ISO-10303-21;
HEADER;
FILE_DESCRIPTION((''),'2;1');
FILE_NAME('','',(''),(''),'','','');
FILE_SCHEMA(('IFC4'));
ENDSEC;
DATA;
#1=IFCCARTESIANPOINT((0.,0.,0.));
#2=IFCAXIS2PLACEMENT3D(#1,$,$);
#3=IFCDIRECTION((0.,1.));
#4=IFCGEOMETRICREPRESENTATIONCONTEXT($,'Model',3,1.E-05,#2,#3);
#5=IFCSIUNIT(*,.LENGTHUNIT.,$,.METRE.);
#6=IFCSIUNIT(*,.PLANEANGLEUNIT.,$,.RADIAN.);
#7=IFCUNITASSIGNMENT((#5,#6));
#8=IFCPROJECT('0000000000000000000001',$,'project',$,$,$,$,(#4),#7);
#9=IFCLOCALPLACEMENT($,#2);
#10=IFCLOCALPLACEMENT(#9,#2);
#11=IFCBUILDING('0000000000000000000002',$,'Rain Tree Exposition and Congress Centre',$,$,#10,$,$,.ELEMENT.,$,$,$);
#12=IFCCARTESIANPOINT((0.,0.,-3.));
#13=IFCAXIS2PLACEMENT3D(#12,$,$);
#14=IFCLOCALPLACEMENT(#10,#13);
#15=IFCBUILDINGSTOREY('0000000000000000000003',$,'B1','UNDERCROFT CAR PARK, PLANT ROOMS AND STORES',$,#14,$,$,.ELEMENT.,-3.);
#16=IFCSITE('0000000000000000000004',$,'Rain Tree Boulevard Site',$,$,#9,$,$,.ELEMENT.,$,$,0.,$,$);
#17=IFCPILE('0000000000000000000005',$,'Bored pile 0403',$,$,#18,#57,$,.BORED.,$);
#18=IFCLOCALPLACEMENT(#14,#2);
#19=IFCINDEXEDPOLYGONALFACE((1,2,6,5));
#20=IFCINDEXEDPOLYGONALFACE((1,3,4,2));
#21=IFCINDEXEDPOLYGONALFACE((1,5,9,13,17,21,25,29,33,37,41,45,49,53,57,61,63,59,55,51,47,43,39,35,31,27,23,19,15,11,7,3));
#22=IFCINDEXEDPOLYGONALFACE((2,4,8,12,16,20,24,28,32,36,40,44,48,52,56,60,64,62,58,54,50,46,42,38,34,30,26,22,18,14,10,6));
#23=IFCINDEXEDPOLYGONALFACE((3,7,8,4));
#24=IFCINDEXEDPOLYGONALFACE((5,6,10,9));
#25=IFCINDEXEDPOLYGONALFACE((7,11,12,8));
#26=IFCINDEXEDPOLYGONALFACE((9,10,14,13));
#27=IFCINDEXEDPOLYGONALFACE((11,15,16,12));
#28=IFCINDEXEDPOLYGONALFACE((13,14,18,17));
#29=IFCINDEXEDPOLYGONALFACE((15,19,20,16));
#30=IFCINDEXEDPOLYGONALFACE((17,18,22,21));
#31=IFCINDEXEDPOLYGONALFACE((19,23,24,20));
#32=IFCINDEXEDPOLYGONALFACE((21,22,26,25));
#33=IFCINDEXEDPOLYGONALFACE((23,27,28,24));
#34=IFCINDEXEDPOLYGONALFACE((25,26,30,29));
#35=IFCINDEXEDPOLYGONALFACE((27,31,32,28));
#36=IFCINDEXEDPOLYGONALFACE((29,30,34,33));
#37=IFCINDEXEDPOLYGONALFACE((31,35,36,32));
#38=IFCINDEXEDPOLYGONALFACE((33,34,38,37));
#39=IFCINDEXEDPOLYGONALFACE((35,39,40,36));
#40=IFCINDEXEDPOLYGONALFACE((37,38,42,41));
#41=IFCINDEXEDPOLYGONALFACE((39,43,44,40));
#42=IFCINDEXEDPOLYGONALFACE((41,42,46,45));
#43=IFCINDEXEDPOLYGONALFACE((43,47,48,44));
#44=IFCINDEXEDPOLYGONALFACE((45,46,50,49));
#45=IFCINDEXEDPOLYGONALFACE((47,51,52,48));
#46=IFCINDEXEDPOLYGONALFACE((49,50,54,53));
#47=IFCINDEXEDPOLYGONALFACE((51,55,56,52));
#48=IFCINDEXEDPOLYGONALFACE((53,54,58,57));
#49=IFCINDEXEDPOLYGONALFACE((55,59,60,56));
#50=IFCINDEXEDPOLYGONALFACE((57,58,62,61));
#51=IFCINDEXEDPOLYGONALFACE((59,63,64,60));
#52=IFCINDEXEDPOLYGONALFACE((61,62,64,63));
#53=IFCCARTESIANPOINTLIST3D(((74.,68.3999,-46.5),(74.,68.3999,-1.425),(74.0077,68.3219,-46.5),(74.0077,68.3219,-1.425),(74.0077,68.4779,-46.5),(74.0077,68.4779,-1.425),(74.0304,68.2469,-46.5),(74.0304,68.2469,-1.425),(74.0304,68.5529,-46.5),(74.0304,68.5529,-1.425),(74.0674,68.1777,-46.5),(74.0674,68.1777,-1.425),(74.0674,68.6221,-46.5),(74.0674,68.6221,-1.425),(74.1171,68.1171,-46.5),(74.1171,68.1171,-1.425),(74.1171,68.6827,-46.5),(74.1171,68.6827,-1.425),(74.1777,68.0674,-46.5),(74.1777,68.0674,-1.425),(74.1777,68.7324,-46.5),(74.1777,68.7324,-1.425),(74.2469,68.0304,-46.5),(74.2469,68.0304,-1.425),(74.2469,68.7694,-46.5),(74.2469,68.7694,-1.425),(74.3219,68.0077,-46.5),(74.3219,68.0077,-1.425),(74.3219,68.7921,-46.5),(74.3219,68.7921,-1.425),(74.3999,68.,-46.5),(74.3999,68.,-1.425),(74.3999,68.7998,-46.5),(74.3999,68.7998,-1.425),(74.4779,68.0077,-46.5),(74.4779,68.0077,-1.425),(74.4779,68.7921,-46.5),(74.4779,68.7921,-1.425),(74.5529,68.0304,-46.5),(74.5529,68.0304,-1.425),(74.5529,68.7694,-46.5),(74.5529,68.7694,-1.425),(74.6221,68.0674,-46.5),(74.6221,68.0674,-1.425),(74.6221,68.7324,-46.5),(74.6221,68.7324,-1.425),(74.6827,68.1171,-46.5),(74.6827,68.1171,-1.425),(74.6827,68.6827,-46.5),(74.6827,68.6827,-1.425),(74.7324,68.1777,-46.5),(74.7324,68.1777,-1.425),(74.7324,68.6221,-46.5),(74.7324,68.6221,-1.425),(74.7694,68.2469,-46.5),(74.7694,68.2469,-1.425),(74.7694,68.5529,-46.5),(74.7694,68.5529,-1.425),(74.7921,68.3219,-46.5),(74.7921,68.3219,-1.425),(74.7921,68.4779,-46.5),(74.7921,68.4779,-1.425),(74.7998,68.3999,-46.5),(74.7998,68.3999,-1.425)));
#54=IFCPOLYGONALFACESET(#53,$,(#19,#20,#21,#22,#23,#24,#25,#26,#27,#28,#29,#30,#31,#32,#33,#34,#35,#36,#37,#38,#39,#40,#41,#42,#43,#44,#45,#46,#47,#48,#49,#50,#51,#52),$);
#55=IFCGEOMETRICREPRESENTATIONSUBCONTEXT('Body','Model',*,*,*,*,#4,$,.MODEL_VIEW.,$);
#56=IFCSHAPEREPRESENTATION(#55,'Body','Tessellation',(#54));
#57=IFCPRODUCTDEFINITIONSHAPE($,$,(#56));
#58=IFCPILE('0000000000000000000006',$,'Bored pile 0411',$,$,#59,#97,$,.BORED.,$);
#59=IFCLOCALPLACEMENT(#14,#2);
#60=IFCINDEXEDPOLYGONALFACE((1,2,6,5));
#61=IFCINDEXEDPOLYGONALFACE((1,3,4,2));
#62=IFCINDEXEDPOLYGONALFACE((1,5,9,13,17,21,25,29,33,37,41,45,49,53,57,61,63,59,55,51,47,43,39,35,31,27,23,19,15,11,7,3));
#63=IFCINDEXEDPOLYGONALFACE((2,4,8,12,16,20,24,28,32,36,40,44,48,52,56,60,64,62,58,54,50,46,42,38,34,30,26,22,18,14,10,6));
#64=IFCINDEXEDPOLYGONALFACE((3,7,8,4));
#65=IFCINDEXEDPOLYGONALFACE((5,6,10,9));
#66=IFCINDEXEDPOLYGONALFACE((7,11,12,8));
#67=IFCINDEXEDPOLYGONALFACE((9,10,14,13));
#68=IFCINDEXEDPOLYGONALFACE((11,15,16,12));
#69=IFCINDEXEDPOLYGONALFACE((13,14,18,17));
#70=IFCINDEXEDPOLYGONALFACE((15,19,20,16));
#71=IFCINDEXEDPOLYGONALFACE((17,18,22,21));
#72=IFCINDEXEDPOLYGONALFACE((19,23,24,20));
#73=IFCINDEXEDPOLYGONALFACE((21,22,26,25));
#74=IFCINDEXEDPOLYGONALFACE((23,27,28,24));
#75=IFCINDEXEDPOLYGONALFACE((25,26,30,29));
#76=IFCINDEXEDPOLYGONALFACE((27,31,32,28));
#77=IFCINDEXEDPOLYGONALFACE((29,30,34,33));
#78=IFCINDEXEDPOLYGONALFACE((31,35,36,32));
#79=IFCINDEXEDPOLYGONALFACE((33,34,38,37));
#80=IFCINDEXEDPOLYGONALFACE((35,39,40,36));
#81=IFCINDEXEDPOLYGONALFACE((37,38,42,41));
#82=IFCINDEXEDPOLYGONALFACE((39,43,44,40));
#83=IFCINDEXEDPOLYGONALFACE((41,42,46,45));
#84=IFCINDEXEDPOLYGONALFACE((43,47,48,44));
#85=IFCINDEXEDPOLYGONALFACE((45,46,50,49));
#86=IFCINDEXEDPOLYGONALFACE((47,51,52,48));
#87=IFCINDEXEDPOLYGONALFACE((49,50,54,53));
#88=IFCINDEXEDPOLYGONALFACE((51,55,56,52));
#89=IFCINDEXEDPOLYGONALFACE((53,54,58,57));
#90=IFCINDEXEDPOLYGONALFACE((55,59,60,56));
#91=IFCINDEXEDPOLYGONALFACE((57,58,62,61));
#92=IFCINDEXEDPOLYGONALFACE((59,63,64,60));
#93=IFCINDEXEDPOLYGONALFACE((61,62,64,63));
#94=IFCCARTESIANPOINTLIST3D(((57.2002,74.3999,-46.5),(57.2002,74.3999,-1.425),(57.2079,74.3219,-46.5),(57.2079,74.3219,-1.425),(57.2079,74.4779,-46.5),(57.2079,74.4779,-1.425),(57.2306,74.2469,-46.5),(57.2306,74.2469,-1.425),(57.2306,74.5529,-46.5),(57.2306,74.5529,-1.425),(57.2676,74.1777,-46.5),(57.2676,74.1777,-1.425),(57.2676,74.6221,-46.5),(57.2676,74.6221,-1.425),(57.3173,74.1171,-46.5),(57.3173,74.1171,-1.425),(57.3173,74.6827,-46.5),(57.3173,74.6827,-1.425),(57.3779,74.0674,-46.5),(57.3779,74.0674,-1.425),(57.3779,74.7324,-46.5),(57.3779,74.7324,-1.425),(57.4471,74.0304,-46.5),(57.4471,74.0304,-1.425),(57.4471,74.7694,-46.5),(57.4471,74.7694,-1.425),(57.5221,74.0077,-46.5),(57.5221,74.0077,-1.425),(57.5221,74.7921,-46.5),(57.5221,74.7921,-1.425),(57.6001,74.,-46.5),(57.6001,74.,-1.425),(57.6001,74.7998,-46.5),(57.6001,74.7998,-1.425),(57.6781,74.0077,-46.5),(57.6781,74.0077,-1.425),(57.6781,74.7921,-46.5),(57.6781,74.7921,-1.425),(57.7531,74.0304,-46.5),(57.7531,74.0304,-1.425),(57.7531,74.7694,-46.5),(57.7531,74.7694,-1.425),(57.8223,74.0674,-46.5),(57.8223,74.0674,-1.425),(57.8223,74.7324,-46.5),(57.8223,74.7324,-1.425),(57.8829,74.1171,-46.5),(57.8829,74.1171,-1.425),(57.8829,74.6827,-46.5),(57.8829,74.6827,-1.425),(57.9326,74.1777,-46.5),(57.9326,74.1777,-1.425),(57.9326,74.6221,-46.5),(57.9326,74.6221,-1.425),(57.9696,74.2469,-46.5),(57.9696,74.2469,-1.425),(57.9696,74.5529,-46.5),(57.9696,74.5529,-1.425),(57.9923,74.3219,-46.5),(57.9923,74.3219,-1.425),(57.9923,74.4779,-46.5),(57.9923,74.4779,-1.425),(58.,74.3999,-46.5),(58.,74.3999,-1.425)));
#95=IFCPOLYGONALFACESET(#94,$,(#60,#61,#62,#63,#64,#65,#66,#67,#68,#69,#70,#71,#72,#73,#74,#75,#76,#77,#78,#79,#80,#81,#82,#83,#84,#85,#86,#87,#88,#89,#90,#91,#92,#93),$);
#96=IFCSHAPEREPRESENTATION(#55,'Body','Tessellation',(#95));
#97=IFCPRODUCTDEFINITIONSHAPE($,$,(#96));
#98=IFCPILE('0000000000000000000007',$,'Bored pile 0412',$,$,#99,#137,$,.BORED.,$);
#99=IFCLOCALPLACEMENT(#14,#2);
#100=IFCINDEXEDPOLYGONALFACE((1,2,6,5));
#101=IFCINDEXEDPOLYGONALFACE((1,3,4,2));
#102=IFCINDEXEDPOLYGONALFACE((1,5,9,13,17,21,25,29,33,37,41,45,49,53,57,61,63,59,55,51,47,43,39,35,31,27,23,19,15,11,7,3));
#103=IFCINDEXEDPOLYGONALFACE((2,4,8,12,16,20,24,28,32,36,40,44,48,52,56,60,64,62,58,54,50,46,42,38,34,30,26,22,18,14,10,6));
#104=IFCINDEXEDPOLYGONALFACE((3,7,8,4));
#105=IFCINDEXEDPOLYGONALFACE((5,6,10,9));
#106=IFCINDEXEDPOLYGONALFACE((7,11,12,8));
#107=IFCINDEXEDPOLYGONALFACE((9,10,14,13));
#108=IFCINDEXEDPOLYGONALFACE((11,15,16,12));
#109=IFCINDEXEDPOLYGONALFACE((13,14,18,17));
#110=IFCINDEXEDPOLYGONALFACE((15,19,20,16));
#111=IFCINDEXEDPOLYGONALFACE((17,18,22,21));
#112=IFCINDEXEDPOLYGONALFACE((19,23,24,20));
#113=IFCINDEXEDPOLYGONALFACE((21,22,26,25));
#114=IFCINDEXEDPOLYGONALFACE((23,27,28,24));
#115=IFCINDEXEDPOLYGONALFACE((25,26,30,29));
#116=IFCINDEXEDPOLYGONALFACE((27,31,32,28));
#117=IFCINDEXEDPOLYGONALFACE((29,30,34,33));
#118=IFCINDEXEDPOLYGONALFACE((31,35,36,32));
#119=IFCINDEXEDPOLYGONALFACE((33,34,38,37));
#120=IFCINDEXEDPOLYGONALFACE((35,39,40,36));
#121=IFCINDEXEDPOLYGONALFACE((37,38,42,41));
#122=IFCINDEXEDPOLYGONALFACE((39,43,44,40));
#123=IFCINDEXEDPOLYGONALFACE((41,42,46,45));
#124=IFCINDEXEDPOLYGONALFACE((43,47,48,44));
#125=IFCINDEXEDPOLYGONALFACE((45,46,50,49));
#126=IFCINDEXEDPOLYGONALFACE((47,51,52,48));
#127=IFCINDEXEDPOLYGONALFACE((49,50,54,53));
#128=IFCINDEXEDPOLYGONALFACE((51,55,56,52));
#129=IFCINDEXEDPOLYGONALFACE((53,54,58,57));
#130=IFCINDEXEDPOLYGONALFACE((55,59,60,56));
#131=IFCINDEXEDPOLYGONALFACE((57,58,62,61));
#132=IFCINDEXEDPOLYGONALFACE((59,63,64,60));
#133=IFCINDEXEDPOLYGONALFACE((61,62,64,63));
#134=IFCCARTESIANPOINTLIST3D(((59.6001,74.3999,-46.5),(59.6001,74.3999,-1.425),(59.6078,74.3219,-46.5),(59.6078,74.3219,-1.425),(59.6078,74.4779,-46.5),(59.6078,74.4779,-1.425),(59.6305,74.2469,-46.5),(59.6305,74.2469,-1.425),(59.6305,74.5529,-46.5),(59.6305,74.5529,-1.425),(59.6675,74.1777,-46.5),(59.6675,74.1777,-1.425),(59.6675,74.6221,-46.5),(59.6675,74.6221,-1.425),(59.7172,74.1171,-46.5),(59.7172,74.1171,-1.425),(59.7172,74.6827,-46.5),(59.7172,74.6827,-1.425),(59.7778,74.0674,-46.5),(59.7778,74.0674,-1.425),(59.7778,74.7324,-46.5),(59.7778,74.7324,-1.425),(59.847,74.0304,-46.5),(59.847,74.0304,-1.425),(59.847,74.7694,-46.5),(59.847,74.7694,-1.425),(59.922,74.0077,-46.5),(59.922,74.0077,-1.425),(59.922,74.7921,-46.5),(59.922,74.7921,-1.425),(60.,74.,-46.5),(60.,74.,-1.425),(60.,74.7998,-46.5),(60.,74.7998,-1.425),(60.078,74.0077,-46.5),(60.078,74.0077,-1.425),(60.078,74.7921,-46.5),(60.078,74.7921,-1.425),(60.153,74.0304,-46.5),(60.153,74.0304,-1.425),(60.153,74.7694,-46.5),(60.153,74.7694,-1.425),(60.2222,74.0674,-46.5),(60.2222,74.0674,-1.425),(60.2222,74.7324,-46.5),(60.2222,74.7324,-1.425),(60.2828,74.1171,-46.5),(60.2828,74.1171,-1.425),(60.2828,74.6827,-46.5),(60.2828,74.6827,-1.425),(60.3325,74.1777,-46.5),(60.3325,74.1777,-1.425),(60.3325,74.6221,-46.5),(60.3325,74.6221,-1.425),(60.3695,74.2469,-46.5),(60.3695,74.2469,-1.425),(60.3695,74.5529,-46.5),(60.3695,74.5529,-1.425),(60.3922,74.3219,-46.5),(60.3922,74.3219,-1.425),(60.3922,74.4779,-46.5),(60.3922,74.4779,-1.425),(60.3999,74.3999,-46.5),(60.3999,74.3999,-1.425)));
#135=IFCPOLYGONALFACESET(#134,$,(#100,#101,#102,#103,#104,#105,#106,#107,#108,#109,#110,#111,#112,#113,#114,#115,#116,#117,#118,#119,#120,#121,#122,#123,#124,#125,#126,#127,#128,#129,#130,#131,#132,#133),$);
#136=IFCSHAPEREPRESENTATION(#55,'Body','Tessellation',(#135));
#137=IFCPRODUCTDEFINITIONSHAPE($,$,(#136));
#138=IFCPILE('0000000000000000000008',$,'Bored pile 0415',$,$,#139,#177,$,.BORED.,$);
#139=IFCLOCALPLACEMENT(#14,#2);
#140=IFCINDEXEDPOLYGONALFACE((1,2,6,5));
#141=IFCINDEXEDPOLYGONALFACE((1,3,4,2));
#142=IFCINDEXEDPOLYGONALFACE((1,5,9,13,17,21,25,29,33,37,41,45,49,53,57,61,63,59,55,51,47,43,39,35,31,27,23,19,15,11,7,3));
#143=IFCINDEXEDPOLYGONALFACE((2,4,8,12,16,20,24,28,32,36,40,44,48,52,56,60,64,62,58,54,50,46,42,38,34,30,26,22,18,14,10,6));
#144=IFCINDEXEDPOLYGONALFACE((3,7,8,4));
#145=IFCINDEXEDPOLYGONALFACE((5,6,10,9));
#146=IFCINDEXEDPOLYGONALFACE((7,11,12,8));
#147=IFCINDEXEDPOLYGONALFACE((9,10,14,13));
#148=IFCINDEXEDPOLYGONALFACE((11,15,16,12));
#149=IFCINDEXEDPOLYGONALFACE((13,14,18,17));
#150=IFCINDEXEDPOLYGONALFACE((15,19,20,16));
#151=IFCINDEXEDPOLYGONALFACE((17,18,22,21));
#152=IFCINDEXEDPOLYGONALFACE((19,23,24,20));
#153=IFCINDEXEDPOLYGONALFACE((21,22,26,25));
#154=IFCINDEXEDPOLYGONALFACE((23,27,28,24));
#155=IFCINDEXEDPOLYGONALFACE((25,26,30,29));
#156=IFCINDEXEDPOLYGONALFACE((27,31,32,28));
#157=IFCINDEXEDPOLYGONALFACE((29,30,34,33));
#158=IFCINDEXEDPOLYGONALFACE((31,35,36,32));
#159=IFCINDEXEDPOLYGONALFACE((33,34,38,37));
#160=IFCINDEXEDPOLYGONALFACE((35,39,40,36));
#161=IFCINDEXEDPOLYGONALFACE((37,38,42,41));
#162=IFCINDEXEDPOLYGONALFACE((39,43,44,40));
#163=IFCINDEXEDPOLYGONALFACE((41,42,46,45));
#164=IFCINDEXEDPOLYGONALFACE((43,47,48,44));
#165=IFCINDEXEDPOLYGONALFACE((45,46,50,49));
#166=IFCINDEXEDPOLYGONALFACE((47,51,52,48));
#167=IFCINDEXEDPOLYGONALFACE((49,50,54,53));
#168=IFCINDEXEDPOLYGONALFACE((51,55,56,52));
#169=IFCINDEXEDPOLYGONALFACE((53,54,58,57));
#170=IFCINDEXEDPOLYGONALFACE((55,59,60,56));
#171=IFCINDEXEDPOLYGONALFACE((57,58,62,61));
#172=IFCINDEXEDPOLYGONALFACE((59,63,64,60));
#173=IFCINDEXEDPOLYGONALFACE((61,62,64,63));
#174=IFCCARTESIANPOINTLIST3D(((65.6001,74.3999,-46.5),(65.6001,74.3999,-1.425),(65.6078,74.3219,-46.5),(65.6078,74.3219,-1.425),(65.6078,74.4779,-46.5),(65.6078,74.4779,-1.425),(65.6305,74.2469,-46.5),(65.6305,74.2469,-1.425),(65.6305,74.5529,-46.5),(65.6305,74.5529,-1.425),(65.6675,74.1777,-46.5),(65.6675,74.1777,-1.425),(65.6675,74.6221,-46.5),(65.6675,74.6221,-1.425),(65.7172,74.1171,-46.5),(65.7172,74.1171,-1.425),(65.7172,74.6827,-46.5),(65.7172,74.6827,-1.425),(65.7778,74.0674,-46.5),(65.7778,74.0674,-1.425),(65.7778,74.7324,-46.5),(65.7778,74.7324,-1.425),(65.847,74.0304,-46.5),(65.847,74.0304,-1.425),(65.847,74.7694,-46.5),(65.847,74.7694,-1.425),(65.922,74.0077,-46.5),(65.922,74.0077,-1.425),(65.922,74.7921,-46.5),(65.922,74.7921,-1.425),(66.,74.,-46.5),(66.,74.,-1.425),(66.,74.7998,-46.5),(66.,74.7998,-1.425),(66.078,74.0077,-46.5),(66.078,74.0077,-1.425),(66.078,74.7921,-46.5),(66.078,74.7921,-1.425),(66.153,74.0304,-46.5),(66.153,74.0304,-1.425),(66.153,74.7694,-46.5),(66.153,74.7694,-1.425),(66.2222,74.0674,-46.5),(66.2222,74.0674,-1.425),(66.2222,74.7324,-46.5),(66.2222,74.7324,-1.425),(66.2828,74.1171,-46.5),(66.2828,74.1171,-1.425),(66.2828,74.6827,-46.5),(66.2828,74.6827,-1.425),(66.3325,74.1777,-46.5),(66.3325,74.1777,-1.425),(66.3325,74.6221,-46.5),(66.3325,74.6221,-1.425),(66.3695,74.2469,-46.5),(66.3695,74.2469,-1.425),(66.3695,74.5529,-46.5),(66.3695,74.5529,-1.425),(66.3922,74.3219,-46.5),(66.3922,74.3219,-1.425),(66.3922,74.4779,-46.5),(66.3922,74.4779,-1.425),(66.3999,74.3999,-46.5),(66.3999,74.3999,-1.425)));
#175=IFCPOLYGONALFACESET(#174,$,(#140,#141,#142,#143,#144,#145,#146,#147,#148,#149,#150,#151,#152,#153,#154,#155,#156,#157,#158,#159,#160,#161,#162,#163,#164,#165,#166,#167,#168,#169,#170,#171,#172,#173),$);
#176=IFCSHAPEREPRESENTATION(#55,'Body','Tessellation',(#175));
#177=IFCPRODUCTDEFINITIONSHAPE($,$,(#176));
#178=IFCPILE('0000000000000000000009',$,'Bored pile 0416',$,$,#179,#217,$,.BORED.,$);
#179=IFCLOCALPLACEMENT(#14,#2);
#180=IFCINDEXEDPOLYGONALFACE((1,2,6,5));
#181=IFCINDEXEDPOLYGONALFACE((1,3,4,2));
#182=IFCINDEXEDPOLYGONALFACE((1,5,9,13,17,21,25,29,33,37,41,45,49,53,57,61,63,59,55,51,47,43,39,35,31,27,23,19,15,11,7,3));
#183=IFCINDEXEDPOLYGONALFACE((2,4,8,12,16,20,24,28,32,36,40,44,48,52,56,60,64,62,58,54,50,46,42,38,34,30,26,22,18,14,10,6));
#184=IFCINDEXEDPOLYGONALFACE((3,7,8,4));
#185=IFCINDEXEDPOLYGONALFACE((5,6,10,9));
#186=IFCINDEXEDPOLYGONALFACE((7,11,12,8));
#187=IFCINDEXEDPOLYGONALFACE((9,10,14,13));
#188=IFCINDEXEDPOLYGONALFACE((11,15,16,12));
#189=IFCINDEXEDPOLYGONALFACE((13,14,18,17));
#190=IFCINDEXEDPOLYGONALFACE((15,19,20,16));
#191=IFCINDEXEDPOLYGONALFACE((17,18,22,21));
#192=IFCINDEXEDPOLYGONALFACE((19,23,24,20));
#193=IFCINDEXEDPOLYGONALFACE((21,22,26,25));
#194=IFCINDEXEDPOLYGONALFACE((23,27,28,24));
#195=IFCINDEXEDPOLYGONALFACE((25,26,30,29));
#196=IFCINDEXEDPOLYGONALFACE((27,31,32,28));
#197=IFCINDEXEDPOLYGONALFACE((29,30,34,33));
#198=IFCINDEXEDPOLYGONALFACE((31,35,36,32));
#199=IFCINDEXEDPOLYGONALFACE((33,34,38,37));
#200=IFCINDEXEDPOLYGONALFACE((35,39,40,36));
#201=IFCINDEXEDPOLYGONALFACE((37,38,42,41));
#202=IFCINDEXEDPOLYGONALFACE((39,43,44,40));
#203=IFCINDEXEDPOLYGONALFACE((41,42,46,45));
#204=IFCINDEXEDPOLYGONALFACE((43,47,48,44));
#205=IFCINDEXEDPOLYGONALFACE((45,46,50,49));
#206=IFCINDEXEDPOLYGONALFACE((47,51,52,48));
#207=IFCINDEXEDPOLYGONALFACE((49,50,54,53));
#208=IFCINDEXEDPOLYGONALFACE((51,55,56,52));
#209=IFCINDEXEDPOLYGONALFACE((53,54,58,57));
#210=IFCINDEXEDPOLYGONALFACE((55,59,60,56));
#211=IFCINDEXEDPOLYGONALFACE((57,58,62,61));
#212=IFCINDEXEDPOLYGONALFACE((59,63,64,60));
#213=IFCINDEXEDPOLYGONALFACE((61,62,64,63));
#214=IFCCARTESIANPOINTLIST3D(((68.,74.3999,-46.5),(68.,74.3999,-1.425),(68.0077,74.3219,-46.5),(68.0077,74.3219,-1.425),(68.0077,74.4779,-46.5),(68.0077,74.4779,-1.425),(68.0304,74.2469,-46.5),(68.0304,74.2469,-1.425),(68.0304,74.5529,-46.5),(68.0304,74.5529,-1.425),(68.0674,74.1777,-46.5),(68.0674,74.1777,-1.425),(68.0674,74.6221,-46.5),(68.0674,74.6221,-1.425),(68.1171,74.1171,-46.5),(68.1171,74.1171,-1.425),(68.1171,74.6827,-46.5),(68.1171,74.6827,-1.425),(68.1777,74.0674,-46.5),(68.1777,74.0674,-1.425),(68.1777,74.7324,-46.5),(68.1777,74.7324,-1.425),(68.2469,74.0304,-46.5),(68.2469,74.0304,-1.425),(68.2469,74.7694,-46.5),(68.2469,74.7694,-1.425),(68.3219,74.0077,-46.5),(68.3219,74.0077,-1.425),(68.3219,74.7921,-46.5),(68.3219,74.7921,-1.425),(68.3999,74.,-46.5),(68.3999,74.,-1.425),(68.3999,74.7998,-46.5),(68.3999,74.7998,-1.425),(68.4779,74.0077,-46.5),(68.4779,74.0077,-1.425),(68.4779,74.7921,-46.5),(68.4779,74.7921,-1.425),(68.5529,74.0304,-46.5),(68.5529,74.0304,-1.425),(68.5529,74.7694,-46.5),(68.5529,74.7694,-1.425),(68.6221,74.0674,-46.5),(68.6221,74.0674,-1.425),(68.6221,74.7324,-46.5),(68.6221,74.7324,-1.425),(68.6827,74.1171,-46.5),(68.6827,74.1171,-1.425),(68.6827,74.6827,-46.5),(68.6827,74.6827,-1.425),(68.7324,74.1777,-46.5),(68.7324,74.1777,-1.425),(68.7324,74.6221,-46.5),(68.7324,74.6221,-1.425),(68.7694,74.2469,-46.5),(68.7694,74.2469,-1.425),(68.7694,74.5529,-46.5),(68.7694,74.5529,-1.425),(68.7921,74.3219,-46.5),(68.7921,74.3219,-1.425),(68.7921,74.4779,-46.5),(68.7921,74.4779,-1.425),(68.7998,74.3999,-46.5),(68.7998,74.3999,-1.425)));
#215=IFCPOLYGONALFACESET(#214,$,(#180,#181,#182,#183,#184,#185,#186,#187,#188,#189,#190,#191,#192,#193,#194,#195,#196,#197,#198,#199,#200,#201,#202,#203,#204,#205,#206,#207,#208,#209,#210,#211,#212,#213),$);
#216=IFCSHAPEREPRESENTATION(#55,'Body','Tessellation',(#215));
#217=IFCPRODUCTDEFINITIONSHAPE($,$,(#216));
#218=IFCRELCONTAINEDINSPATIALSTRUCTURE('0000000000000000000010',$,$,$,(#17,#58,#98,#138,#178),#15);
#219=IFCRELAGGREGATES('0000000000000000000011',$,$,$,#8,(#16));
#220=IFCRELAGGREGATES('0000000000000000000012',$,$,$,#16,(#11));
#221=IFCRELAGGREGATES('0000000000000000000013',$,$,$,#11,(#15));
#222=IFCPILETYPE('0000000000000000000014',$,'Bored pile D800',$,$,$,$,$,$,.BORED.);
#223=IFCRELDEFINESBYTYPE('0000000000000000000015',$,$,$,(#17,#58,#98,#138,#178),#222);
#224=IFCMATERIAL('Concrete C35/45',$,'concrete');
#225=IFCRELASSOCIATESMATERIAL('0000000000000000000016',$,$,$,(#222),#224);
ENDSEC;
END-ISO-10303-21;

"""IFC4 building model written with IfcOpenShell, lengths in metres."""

from ifc_helpers import new_model, si_unit, direction, frame, origin, origin_2d, place, context, subcontext, project, spatial, circle, extrude, material, material_profile, profile_set, type_object, element, save


model = new_model("IFC4")

# Units and contexts
model_context = context("Model", 3, precision=1e-05, world=origin(), true_north=direction((0.0, 1.0)))
body_context = subcontext(model_context, "Body", "Model", "MODEL_VIEW")
ifc_project = project(units=[si_unit("LENGTHUNIT", "METRE"), si_unit("PLANEANGLEUNIT", "RADIAN")], contexts=[model_context])

# Site, building, storey
site_placement = place(None, origin())
site = spatial("IfcSite", under=ifc_project, at=site_placement, Name="Rain Tree Boulevard Site", CompositionType="ELEMENT", RefElevation=0.0)
building_placement = place(site_placement, origin())
building = spatial("IfcBuilding", under=site, at=building_placement, Name="Rain Tree Exposition and Congress Centre", CompositionType="ELEMENT")
storey_placement = place(building_placement, frame((0.0, 0.0, -3.0)))
storey = spatial("IfcBuildingStorey", under=building, at=storey_placement, Name="B1", Description="UNDERCROFT CAR PARK, PLANT ROOMS AND STORES", CompositionType="ELEMENT", Elevation=-3.0)

# Piles
ifc_material_1 = material(Name="Concrete C35/45", Category="concrete")
ifc_material_profile_1 = material_profile(ifc_material_1, circle(Radius=0.3999, at=origin_2d()), Name="D800")
ifc_profile_set_1 = profile_set([ifc_material_profile_1], Name="Concrete C35/45")
pile_type_1 = type_object("IfcPileType", Name="Bored pile D800", PredefinedType="BORED", material=ifc_profile_set_1)
for number, where, z_axis, x_axis, name in (
    (1, (74.3999, 68.3999, -1.425), (0.0, 0.0, -1.0), (1.0, 0.0, 0.0), "Bored pile 0403"),
    (2, (57.6001, 74.3999, -1.425), (0.0, 0.0, -1.0), (1.0, 0.0, 0.0), "Bored pile 0411"),
    (3, (60.0, 74.3999, -1.425), (0.0, 0.0, -1.0), (1.0, 0.0, 0.0), "Bored pile 0412"),
    (4, (66.0, 74.3999, -1.425), (0.0, 0.0, -1.0), (1.0, 0.0, 0.0), "Bored pile 0415"),
    (5, (68.3999, 74.3999, -1.425), (0.0, 0.0, -1.0), (1.0, 0.0, 0.0), "Bored pile 0416"),
):
    element("IfcPile", number, at=place(storey_placement, frame(where, z_axis=z_axis, x_axis=x_axis)), inside=storey, type_object=pile_type_1, Name=name, PredefinedType="BORED", context=body_context, shape_type="SweptSolid", body=[
        extrude(circle(Radius=0.3999, at=origin_2d()), origin(), (0.0, 0.0, 1.0), 45.075),
    ])

save(model, "model.ifc")
